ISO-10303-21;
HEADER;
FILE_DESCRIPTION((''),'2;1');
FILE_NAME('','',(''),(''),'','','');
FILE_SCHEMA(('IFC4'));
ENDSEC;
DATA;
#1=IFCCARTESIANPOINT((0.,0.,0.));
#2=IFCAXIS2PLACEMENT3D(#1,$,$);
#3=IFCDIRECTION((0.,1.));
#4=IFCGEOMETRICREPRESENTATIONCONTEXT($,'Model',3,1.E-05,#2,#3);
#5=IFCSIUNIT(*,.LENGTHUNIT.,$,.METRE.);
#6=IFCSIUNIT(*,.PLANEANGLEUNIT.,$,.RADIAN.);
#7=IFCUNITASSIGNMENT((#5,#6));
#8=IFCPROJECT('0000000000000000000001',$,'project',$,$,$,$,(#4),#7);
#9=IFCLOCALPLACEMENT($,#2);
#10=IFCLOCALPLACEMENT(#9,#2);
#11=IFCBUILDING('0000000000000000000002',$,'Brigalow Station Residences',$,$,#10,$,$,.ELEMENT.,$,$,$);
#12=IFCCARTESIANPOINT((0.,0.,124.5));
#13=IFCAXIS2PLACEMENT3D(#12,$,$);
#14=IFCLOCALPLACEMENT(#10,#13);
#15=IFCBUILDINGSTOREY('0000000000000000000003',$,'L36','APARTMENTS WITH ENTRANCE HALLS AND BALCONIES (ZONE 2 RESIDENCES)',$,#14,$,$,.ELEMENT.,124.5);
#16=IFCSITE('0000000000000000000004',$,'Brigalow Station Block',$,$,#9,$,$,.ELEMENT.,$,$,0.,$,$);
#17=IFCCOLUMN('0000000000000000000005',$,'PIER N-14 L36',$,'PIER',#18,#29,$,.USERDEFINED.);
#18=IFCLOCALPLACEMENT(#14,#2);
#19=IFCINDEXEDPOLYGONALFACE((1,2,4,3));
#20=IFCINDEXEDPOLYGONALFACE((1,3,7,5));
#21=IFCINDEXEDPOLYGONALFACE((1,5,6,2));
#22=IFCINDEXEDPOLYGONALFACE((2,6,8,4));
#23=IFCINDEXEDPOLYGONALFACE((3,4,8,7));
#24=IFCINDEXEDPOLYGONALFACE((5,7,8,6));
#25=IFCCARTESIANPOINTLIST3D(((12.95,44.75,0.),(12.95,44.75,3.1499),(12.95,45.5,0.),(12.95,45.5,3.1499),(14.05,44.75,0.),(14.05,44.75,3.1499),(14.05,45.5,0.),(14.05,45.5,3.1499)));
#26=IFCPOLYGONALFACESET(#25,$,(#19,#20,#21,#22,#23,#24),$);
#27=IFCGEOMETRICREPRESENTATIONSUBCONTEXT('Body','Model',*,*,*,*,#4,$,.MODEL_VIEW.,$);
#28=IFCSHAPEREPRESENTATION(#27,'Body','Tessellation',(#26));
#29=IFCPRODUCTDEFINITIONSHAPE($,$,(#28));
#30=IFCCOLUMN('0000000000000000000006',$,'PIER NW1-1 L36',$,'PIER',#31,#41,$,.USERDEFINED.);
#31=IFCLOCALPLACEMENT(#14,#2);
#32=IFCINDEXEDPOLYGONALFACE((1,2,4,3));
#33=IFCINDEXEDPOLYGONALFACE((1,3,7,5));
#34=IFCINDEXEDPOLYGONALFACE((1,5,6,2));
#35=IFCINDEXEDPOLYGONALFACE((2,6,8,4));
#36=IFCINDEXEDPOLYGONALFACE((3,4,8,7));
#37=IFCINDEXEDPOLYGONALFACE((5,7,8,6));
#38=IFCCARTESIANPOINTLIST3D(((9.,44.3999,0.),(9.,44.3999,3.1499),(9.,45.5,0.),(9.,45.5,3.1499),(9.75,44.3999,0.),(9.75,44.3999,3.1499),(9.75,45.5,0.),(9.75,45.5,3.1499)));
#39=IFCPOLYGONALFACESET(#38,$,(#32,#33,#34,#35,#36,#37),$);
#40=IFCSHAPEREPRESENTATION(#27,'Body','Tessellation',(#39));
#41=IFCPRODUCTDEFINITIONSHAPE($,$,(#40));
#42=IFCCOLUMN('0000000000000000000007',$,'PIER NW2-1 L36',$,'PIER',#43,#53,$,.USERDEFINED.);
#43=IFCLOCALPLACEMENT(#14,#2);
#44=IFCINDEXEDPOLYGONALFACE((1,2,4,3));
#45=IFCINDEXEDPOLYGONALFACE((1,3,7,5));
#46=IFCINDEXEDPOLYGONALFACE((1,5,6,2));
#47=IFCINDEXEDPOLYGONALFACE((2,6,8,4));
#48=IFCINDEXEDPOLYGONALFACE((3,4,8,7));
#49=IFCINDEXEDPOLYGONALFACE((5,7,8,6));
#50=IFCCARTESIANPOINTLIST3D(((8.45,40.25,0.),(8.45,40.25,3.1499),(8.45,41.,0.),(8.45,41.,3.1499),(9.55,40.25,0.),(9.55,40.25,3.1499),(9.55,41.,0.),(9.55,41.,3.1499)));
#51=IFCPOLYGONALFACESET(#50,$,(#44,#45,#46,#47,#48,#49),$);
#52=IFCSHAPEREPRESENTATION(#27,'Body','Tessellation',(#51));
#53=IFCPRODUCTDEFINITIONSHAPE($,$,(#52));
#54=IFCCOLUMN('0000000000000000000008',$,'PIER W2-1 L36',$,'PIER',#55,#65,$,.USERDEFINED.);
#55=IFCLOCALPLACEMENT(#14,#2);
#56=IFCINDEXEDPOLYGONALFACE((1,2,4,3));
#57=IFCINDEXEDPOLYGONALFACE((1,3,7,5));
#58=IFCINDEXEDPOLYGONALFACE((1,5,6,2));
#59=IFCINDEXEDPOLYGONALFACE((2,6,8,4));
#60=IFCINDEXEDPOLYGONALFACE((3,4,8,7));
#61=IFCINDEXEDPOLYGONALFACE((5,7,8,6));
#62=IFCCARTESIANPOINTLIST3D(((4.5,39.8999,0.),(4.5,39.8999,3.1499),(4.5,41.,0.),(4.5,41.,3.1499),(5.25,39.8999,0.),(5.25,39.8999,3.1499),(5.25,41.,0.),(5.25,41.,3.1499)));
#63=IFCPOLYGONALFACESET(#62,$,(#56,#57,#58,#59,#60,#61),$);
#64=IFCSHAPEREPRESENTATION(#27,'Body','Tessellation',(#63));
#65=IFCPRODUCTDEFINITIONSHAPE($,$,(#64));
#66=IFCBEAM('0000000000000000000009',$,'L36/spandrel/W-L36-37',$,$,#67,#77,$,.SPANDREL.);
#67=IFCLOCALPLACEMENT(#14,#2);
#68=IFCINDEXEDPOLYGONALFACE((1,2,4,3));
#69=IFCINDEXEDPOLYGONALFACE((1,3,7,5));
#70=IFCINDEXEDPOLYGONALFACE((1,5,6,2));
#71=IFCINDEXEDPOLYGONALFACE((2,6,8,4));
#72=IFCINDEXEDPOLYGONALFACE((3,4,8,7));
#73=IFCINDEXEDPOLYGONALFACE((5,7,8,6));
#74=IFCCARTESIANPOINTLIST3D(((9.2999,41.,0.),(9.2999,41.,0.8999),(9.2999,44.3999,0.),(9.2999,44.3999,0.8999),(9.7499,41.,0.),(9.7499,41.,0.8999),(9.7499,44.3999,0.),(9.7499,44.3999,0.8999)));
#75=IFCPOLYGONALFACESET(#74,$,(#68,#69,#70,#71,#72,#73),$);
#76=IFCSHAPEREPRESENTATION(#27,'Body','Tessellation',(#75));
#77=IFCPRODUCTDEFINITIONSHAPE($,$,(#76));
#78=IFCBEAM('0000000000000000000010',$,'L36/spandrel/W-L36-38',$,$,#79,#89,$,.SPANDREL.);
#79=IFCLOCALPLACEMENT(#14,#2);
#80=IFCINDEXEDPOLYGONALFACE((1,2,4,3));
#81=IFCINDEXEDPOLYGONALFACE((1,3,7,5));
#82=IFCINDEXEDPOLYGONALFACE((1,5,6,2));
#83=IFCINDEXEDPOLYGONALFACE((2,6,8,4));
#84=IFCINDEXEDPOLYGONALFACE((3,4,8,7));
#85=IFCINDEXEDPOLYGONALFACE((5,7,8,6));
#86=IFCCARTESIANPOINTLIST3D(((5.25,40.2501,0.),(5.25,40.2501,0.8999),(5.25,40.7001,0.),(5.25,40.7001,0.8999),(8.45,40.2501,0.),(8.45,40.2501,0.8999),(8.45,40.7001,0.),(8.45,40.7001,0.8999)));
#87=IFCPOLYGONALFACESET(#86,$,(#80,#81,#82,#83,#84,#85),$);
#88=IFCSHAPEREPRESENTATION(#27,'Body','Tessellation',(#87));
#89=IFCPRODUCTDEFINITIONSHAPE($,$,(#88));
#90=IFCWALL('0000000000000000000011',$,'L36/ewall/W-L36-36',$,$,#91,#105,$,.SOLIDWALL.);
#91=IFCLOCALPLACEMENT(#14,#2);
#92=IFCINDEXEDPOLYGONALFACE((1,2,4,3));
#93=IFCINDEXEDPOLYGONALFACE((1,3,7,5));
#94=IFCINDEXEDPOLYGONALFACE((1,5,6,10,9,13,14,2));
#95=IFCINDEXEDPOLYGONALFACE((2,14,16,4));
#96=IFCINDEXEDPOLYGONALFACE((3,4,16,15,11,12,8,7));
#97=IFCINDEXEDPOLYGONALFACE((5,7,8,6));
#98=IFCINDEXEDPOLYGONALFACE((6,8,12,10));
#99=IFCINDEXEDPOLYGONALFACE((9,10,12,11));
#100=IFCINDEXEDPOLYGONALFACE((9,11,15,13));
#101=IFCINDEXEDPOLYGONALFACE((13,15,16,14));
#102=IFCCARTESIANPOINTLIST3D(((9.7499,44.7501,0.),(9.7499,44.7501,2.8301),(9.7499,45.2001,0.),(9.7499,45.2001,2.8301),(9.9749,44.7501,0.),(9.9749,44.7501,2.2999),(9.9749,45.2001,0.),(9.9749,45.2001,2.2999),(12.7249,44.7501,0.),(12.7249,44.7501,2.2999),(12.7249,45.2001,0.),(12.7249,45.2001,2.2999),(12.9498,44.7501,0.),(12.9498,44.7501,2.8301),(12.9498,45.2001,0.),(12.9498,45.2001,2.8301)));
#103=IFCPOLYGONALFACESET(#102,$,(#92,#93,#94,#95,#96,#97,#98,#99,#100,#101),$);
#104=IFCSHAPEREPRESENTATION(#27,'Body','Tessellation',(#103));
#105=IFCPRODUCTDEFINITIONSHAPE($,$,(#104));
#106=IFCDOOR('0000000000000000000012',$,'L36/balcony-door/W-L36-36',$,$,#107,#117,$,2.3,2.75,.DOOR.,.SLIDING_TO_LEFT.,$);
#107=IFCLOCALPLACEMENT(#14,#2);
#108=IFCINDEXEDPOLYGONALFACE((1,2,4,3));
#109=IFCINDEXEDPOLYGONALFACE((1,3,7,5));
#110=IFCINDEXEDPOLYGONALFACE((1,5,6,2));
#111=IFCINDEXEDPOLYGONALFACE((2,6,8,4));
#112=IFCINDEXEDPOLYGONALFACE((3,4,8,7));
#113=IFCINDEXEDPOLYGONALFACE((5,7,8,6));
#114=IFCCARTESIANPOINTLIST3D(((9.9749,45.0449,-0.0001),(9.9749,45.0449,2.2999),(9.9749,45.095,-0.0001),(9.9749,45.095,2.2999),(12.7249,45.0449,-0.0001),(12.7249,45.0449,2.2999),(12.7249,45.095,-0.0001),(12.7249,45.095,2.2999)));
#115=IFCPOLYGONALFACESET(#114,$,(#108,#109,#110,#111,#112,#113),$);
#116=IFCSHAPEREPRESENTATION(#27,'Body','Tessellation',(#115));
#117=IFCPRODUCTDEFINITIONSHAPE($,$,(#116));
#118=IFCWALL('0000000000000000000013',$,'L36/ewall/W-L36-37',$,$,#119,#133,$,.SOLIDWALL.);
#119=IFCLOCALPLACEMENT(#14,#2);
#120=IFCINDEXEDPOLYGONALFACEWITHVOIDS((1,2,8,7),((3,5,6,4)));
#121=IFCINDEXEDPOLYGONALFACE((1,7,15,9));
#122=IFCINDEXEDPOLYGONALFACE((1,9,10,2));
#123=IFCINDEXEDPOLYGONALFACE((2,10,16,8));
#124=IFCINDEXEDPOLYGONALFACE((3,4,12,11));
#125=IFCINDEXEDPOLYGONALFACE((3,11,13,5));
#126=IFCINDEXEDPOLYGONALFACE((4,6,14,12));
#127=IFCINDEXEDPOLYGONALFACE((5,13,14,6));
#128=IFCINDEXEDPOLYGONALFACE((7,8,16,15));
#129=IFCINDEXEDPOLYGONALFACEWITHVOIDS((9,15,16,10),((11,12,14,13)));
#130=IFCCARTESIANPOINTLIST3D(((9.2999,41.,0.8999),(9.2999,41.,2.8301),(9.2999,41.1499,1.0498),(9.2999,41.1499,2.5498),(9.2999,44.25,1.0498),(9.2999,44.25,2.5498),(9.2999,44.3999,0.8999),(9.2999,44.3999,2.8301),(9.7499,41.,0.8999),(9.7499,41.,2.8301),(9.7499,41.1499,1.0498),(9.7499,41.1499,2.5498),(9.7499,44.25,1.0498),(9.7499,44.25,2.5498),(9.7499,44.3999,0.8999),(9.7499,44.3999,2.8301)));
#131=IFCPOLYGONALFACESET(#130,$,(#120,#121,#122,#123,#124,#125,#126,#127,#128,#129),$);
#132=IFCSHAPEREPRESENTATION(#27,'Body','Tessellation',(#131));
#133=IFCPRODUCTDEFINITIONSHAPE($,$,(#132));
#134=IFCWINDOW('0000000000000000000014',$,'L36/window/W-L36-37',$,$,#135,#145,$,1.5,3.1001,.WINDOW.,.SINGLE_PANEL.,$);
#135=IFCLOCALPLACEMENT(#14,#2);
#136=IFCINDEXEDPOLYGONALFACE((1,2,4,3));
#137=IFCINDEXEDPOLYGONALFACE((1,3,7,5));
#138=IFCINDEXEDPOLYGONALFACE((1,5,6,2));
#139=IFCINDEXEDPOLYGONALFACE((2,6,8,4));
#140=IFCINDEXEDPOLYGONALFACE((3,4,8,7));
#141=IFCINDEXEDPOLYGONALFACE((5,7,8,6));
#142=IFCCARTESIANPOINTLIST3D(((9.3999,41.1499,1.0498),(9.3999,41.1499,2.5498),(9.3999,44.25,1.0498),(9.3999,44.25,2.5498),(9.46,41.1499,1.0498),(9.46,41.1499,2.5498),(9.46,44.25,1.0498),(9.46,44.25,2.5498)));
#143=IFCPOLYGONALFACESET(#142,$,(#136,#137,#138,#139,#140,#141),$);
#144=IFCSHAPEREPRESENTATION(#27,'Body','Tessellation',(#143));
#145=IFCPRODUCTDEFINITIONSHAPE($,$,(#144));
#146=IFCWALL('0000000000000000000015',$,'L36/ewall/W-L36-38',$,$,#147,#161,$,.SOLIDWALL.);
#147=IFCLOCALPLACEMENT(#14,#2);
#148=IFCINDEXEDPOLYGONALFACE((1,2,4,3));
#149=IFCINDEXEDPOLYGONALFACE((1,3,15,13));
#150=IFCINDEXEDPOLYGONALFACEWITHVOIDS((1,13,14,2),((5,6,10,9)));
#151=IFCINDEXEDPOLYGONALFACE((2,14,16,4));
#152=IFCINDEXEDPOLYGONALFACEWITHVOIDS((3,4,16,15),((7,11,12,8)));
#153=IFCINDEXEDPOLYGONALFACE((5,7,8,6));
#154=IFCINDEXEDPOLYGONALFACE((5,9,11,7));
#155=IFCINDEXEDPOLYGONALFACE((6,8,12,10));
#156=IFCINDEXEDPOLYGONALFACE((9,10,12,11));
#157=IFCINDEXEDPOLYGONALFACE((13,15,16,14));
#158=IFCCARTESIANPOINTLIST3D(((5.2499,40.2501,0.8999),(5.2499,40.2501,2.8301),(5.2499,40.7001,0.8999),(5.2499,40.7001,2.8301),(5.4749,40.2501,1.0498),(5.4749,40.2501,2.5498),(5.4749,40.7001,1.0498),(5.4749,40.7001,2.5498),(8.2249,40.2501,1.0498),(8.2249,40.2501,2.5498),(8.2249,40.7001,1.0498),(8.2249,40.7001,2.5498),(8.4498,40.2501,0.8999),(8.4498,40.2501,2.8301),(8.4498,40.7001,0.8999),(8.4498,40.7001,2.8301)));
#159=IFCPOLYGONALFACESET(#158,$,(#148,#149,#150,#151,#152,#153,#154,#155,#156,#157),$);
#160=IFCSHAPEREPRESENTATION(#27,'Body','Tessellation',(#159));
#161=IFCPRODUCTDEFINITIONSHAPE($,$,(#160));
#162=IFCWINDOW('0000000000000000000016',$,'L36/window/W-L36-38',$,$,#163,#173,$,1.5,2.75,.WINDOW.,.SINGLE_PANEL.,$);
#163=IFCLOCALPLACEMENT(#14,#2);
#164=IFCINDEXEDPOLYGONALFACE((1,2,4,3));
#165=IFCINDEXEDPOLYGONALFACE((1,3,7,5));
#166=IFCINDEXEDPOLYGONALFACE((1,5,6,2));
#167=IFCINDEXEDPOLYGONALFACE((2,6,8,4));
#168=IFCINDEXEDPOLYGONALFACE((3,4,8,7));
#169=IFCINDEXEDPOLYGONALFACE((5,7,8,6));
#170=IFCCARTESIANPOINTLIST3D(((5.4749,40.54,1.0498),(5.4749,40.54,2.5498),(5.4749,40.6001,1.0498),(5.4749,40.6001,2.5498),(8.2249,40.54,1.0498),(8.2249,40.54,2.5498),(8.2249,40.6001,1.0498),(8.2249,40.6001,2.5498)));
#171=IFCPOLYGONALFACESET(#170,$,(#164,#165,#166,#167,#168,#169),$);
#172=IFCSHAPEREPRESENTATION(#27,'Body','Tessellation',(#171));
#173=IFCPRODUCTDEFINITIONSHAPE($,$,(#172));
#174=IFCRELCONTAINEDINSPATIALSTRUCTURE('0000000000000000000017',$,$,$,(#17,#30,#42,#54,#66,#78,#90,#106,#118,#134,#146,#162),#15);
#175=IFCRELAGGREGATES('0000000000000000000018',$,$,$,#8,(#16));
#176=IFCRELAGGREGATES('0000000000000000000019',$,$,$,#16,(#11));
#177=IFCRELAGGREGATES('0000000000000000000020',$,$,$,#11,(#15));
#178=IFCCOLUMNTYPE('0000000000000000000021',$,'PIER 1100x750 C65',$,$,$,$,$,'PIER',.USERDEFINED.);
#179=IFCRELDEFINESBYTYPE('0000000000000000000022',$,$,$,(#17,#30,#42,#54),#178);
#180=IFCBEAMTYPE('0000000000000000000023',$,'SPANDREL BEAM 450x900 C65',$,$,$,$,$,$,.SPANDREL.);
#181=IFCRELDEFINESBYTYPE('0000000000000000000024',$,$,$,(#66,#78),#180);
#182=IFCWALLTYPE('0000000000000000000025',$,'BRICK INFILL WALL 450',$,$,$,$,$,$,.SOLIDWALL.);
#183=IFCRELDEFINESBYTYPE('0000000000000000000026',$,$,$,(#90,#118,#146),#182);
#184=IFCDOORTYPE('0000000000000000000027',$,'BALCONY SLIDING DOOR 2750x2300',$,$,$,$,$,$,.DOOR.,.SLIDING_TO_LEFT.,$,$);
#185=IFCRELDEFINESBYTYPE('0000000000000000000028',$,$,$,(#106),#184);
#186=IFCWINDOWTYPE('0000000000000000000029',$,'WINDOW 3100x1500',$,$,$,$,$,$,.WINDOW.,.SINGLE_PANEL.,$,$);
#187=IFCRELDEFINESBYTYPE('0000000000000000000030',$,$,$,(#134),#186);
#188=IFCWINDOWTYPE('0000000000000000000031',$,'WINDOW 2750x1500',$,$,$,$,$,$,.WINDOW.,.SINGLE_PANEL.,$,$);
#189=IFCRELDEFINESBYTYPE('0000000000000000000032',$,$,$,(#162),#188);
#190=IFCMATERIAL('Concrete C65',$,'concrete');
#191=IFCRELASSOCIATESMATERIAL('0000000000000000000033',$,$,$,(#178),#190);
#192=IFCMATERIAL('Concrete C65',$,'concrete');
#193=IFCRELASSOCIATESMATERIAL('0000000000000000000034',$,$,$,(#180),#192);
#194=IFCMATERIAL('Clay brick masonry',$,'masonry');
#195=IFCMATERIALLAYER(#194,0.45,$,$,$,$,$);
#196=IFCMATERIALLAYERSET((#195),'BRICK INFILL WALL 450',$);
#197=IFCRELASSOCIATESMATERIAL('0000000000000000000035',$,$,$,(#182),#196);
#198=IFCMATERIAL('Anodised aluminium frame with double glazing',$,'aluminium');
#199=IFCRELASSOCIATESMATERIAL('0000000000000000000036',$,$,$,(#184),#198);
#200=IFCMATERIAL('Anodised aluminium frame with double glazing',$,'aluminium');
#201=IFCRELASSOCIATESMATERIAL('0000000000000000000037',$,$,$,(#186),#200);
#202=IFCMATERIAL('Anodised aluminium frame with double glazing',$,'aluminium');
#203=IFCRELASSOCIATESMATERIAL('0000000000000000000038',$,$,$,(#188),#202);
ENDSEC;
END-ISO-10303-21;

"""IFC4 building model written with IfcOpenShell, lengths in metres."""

from ifc_helpers import new_model, si_unit, direction, frame, frame_2d, origin, origin_2d, place, context, subcontext, project, spatial, rectangle, extrude, material, layer, layer_set, material_profile, profile_set, type_object, element, fill, save


model = new_model("IFC4")

# Units and contexts
model_context = context("Model", 3, precision=1e-05, world=origin(), true_north=direction((0.0, 1.0)))
body_context = subcontext(model_context, "Body", "Model", "MODEL_VIEW")
ifc_project = project(units=[si_unit("LENGTHUNIT", "METRE"), si_unit("PLANEANGLEUNIT", "RADIAN")], contexts=[model_context])

# Site, building, storey
site_placement = place(None, origin())
site = spatial("IfcSite", under=ifc_project, at=site_placement, Name="Brigalow Station Block", CompositionType="ELEMENT", RefElevation=0.0)
building_placement = place(site_placement, origin())
building = spatial("IfcBuilding", under=site, at=building_placement, Name="Brigalow Station Residences", CompositionType="ELEMENT")
storey_placement = place(building_placement, frame((0.0, 0.0, 124.5)))
storey = spatial("IfcBuildingStorey", under=building, at=storey_placement, Name="L36", Description="APARTMENTS WITH ENTRANCE HALLS AND BALCONIES (ZONE 2 RESIDENCES)", CompositionType="ELEMENT", Elevation=124.5)

# Columns
ifc_material_1 = material(Name="Concrete C65", Category="concrete")
ifc_material_profile_1 = material_profile(ifc_material_1, rectangle(XDim=1.1001, YDim=0.75, at=origin_2d()), Name="RC1100x750")
ifc_profile_set_1 = profile_set([ifc_material_profile_1], Name="Concrete C65")
column_type = type_object("IfcColumnType", Name="PIER 1100x750 C65", ElementType="PIER", PredefinedType="USERDEFINED", material=ifc_profile_set_1)
for number, where, z_axis, x_axis, name in (
    (1, (13.5, 45.125, 0.0), (0.0, 0.0, 1.0), (-1.0, 0.0, 0.0), "PIER N-14 L36"),
    (2, (9.375, 44.95, 0.0), (0.0, 0.0, 1.0), (0.0, -1.0, 0.0), "PIER NW1-1 L36"),
    (3, (9.0, 40.625, 0.0), (0.0, 0.0, 1.0), (-1.0, 0.0, 0.0), "PIER NW2-1 L36"),
    (4, (4.875, 40.45, 0.0), (0.0, 0.0, 1.0), (0.0, -1.0, 0.0), "PIER W2-1 L36"),
):
    element("IfcColumn", number, at=place(storey_placement, frame(where, z_axis=z_axis, x_axis=x_axis)), inside=storey, type_object=column_type, Name=name, ObjectType="PIER", PredefinedType="USERDEFINED", context=body_context, shape_type="SweptSolid", body=[
        extrude(rectangle(XDim=1.1001, YDim=0.75, at=origin_2d()), origin(), (0.0, 0.0, 1.0), 3.1499),
    ])

# Beams
ifc_material_2 = material(Name="Concrete C65", Category="concrete")
ifc_material_profile_2 = material_profile(ifc_material_2, rectangle(XDim=0.45, YDim=0.8999, at=origin_2d()), Name="RC450x900")
ifc_profile_set_2 = profile_set([ifc_material_profile_2], Name="Concrete C65")
beam_type = type_object("IfcBeamType", Name="SPANDREL BEAM 450x900 C65", PredefinedType="SPANDREL", material=ifc_profile_set_2)
beam_1_placement = place(storey_placement, frame((9.5249, 44.3999, 0.45), z_axis=(0.0, -1.0, 0.0), x_axis=(1.0, 0.0, 0.0)))
element("IfcBeam", 5, at=beam_1_placement, inside=storey, type_object=beam_type, Name="L36/spandrel/W-L36-37", PredefinedType="SPANDREL", context=body_context, shape_type="SweptSolid", body=[
    extrude(rectangle(XDim=0.45, YDim=0.8999, at=origin_2d()), origin(), (0.0, 0.0, 1.0), 3.3999),
])
beam_2_placement = place(storey_placement, frame((8.45, 40.4751, 0.45), z_axis=(-1.0, 0.0, 0.0), x_axis=(0.0, -1.0, 0.0)))
element("IfcBeam", 6, at=beam_2_placement, inside=storey, type_object=beam_type, Name="L36/spandrel/W-L36-38", PredefinedType="SPANDREL", context=body_context, shape_type="SweptSolid", body=[
    extrude(rectangle(XDim=0.45, YDim=0.8999, at=origin_2d()), origin(), (0.0, 0.0, 1.0), 3.2),
])

# Wall, opening, door
ifc_material_3 = material(Name="Clay brick masonry", Category="masonry")
ifc_layer_1 = layer(ifc_material_3, 0.45)
ifc_layer_set_1 = layer_set([ifc_layer_1], Name="BRICK INFILL WALL 450")
wall_type_1 = type_object("IfcWallType", Name="BRICK INFILL WALL 450", PredefinedType="SOLIDWALL", material=ifc_layer_set_1)
wall_1_placement = place(storey_placement, frame((12.95, 44.9751, 0.0), z_axis=(0.0, 0.0, 1.0), x_axis=(-1.0, 0.0, 0.0)))
wall_1 = element("IfcWall", 7, at=wall_1_placement, inside=storey, type_object=wall_type_1, Name="L36/ewall/W-L36-36", PredefinedType="SOLIDWALL", context=body_context, shape_type="SweptSolid", body=[
    extrude(rectangle(XDim=3.2, YDim=0.45, at=frame_2d((1.6001, 0.0))), origin(), (0.0, 0.0, 1.0), 2.8301),
])
opening_1_placement = place(wall_1_placement, frame((0.2251, 0.0, 0.0)))
opening_1 = element("IfcOpeningElement", 8, at=opening_1_placement, cuts=wall_1, PredefinedType="OPENING", context=body_context, shape_type="SweptSolid", body=[
    extrude(rectangle(XDim=2.75, YDim=2.3, at=frame_2d((1.375, 1.1499))), frame((0.0, 0.2349, 0.0), z_axis=(0.0, -1.0, 0.0), x_axis=(1.0, 0.0, 0.0)), (0.0, 0.0, 1.0), 0.47),
])
ifc_material_4 = material(Name="Anodised aluminium frame with double glazing", Category="aluminium")
door_type_1 = type_object("IfcDoorType", Name="BALCONY SLIDING DOOR 2750x2300", OperationType="SLIDING_TO_LEFT", PredefinedType="DOOR", material=ifc_material_4)
door_1_placement = place(opening_1_placement, origin())
door_1 = element("IfcDoor", 9, at=door_1_placement, inside=storey, type_object=door_type_1, Name="L36/balcony-door/W-L36-36", OperationType="SLIDING_TO_LEFT", OverallHeight=2.3, OverallWidth=2.75, PredefinedType="DOOR", context=body_context, shape_type="SweptSolid", body=[
    extrude(rectangle(XDim=2.75, YDim=2.3, at=frame_2d((1.375, 1.1499))), frame((0.0, -0.0698, 0.0), z_axis=(0.0, -1.0, 0.0), x_axis=(1.0, 0.0, 0.0)), (0.0, 0.0, 1.0), 0.05),
])
fill(opening_1, door_1)

# Walls, openings, windows
wall_2_placement = place(storey_placement, frame((9.5249, 44.3999, 0.8999), z_axis=(0.0, 0.0, 1.0), x_axis=(0.0, -1.0, 0.0)))
wall_2 = element("IfcWall", 10, at=wall_2_placement, inside=storey, type_object=wall_type_1, Name="L36/ewall/W-L36-37", PredefinedType="SOLIDWALL", context=body_context, shape_type="SweptSolid", body=[
    extrude(rectangle(XDim=3.3999, YDim=0.45, at=frame_2d((1.7, 0.0))), origin(), (0.0, 0.0, 1.0), 1.9302),
])
opening_2_placement = place(wall_2_placement, frame((0.1499, 0.0, 0.1499)))
opening_2 = element("IfcOpeningElement", 11, at=opening_2_placement, cuts=wall_2, PredefinedType="OPENING", context=body_context, shape_type="SweptSolid", body=[
    extrude(rectangle(XDim=3.1001, YDim=1.5, at=frame_2d((1.55, 0.75))), frame((0.0, 0.2349, 0.0), z_axis=(0.0, -1.0, 0.0), x_axis=(1.0, 0.0, 0.0)), (0.0, 0.0, 1.0), 0.47),
])
ifc_material_5 = material(Name="Anodised aluminium frame with double glazing", Category="aluminium")
window_type_1 = type_object("IfcWindowType", Name="WINDOW 3100x1500", PartitioningType="SINGLE_PANEL", PredefinedType="WINDOW", material=ifc_material_5)
window_1_placement = place(opening_2_placement, origin())
window_1 = element("IfcWindow", 12, at=window_1_placement, inside=storey, type_object=window_type_1, Name="L36/window/W-L36-37", OverallHeight=1.5, OverallWidth=3.1001, PartitioningType="SINGLE_PANEL", PredefinedType="WINDOW", context=body_context, shape_type="SweptSolid", body=[
    extrude(rectangle(XDim=3.1001, YDim=1.5, at=frame_2d((1.55, 0.75))), frame((0.0, -0.0649, 0.0), z_axis=(0.0, -1.0, 0.0), x_axis=(1.0, 0.0, 0.0)), (0.0, 0.0, 1.0), 0.0601),
])
fill(opening_2, window_1)
wall_3_placement = place(storey_placement, frame((8.45, 40.4751, 0.8999), z_axis=(0.0, 0.0, 1.0), x_axis=(-1.0, 0.0, 0.0)))
wall_3 = element("IfcWall", 13, at=wall_3_placement, inside=storey, type_object=wall_type_1, Name="L36/ewall/W-L36-38", PredefinedType="SOLIDWALL", context=body_context, shape_type="SweptSolid", body=[
    extrude(rectangle(XDim=3.2, YDim=0.45, at=frame_2d((1.6001, 0.0))), origin(), (0.0, 0.0, 1.0), 1.9302),
])
opening_3_placement = place(wall_3_placement, frame((0.2251, 0.0, 0.1499)))
opening_3 = element("IfcOpeningElement", 14, at=opening_3_placement, cuts=wall_3, PredefinedType="OPENING", context=body_context, shape_type="SweptSolid", body=[
    extrude(rectangle(XDim=2.75, YDim=1.5, at=frame_2d((1.375, 0.75))), frame((0.0, 0.2349, 0.0), z_axis=(0.0, -1.0, 0.0), x_axis=(1.0, 0.0, 0.0)), (0.0, 0.0, 1.0), 0.47),
])
ifc_material_6 = material(Name="Anodised aluminium frame with double glazing", Category="aluminium")
window_type_2 = type_object("IfcWindowType", Name="WINDOW 2750x1500", PartitioningType="SINGLE_PANEL", PredefinedType="WINDOW", material=ifc_material_6)
window_2_placement = place(opening_3_placement, origin())
window_2 = element("IfcWindow", 15, at=window_2_placement, inside=storey, type_object=window_type_2, Name="L36/window/W-L36-38", OverallHeight=1.5, OverallWidth=2.75, PartitioningType="SINGLE_PANEL", PredefinedType="WINDOW", context=body_context, shape_type="SweptSolid", body=[
    extrude(rectangle(XDim=2.75, YDim=1.5, at=frame_2d((1.375, 0.75))), frame((0.0, -0.0649, 0.0), z_axis=(0.0, -1.0, 0.0), x_axis=(1.0, 0.0, 0.0)), (0.0, 0.0, 1.0), 0.0601),
])
fill(opening_3, window_2)

save(model, "model.ifc")
